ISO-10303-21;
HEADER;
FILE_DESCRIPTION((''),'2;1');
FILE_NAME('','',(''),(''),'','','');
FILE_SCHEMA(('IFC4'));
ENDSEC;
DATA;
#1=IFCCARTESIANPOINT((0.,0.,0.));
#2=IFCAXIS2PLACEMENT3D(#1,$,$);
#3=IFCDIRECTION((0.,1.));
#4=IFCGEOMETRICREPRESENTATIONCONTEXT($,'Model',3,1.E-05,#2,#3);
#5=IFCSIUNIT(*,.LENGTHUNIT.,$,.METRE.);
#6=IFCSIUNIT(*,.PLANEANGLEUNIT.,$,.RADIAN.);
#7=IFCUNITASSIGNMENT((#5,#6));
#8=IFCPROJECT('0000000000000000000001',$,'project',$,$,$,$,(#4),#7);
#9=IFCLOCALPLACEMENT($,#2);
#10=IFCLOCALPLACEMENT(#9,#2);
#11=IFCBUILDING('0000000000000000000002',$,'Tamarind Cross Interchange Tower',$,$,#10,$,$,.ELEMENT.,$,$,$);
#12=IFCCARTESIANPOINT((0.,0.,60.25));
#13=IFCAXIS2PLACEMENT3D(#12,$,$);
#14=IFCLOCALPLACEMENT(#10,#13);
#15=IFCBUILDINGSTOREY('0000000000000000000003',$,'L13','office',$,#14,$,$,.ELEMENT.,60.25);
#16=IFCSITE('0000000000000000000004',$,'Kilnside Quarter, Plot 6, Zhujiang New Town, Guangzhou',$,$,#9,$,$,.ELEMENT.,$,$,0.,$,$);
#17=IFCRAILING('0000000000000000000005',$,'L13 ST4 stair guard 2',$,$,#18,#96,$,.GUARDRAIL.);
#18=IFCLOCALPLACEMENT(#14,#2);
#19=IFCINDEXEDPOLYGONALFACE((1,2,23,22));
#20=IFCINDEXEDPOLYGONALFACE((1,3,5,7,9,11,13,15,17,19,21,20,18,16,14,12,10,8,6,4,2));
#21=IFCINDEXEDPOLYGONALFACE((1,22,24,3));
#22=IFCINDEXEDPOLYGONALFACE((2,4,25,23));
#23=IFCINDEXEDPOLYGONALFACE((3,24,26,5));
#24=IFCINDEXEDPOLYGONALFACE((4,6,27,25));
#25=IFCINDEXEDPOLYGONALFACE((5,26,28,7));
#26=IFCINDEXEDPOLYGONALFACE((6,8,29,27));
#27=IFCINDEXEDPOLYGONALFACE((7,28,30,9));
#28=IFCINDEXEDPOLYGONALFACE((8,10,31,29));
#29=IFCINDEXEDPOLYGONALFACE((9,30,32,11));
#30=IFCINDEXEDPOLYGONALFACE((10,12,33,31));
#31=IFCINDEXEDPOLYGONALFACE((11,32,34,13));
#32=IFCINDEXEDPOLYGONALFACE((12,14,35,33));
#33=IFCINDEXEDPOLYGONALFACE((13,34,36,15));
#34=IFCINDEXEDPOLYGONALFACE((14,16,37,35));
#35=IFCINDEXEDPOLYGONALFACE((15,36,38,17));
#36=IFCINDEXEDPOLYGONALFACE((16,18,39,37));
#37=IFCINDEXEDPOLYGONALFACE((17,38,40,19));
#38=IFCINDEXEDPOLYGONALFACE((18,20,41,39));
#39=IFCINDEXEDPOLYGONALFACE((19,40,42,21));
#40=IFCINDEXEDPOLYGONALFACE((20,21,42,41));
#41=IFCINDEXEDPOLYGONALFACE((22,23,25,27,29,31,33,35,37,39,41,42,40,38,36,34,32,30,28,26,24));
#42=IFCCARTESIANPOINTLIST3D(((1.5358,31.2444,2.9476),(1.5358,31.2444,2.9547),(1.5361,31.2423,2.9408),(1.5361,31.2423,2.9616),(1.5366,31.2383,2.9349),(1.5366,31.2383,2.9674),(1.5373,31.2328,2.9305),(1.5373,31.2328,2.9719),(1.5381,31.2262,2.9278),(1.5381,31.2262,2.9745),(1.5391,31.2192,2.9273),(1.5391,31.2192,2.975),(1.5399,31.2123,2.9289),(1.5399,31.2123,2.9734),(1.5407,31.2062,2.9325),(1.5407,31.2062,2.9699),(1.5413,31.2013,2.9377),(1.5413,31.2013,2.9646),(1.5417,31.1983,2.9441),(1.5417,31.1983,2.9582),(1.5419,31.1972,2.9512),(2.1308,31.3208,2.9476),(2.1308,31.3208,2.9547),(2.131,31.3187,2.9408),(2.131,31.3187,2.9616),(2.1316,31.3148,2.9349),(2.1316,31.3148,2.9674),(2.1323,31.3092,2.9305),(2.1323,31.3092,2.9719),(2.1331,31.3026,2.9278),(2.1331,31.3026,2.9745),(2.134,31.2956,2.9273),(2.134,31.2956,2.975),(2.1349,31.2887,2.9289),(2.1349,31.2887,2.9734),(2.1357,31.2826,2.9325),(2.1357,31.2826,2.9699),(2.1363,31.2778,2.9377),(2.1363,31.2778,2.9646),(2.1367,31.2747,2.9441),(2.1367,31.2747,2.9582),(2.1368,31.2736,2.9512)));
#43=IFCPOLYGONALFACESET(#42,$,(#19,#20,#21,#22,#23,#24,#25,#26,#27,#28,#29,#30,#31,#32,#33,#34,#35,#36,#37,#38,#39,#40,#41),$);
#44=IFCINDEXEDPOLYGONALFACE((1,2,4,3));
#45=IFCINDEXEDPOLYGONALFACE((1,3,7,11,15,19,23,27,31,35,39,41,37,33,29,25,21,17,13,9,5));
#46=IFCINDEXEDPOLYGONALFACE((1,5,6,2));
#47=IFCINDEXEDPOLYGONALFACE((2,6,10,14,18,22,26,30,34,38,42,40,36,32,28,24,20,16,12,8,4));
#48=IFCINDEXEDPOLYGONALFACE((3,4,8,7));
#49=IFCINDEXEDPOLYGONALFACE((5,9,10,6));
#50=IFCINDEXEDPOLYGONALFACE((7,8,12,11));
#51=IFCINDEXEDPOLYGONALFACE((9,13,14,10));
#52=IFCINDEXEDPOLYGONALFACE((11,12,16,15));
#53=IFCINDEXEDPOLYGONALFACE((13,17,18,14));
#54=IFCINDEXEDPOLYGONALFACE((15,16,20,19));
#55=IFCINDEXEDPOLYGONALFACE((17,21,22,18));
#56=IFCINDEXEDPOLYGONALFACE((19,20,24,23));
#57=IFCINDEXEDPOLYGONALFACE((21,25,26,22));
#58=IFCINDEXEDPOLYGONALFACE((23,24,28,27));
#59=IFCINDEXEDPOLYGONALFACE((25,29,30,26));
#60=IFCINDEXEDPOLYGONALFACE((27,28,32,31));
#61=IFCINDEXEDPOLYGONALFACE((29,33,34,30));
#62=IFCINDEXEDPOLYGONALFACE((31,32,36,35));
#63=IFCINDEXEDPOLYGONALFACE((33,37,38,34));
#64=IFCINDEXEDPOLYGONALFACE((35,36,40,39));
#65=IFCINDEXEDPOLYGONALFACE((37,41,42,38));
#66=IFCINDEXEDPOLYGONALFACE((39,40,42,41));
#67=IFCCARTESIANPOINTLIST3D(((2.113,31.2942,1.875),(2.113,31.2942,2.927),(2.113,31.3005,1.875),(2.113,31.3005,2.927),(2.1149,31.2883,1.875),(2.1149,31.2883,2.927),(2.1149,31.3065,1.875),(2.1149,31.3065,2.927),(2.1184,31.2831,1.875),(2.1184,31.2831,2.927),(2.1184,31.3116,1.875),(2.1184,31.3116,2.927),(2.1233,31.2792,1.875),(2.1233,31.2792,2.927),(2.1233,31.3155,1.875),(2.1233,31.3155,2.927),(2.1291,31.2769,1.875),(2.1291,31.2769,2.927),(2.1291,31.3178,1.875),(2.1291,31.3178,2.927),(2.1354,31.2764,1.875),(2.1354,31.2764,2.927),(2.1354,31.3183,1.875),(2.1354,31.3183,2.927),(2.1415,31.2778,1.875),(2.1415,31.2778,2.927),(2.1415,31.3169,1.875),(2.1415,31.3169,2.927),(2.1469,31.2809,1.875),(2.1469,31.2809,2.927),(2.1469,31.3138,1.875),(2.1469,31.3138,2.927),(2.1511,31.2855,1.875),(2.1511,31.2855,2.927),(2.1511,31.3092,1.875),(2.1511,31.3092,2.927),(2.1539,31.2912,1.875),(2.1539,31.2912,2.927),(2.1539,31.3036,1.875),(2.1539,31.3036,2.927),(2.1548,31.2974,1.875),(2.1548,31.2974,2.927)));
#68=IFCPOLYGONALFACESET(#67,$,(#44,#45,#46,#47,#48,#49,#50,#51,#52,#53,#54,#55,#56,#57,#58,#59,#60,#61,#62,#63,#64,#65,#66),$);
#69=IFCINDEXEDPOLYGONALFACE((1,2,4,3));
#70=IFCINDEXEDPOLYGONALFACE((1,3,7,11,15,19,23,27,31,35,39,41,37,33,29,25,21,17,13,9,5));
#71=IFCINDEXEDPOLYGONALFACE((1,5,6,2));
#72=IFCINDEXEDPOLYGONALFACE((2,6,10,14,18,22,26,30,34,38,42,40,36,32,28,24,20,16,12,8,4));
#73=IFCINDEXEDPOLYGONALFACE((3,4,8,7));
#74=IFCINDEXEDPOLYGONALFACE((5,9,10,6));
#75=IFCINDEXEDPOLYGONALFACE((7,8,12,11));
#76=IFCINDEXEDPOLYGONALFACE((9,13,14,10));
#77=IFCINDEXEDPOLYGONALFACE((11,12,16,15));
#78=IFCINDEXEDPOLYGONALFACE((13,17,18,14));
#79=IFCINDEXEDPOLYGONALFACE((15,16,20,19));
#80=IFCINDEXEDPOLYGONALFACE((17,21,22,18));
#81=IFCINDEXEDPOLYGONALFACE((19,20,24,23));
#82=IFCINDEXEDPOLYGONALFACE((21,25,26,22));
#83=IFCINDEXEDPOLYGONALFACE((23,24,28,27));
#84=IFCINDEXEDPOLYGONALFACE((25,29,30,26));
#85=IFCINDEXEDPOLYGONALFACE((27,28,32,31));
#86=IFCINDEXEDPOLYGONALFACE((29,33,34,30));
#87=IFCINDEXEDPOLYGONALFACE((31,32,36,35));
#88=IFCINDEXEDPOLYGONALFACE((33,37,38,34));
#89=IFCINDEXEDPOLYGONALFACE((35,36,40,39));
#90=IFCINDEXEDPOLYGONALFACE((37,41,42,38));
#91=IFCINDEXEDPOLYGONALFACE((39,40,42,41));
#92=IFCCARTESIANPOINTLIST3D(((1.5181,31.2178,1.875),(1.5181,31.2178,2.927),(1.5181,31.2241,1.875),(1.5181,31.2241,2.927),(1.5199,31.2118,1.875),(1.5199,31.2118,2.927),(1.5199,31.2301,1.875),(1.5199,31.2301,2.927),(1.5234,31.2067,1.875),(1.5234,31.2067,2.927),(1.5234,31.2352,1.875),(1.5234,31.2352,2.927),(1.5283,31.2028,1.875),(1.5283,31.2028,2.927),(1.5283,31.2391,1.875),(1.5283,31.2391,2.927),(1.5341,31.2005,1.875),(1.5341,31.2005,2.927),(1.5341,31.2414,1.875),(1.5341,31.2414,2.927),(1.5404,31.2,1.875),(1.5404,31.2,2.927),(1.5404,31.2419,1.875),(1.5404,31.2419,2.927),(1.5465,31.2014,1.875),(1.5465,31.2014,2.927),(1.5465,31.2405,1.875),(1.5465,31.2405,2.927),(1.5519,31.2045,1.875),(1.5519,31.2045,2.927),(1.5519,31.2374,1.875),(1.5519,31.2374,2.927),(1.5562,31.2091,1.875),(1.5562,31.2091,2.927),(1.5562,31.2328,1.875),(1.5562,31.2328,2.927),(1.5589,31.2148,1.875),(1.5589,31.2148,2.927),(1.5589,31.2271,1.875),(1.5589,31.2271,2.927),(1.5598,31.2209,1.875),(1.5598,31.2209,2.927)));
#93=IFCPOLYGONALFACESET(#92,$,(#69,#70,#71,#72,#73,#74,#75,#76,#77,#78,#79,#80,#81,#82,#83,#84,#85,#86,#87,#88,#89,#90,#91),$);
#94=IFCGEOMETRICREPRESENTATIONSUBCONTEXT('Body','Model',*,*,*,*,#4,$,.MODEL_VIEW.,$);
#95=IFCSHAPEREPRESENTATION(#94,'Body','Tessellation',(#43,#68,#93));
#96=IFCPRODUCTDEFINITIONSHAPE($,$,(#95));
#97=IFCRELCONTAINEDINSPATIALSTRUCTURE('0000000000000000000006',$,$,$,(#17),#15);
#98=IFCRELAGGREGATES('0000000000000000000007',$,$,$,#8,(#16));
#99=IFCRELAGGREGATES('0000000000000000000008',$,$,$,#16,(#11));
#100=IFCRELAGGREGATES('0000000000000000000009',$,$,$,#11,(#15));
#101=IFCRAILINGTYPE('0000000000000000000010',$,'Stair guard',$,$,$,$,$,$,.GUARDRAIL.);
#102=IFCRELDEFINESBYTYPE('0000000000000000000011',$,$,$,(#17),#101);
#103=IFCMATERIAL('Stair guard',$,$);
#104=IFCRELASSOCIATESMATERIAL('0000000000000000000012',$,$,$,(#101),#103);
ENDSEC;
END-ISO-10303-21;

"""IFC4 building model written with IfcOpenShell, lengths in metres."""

from ifc_helpers import new_model, si_unit, direction, frame, origin, origin_2d, place, context, subcontext, project, spatial, circle, extrude, material, type_object, element, save


model = new_model("IFC4")

# Units and contexts
model_context = context("Model", 3, precision=1e-05, world=origin(), true_north=direction((0.0, 1.0)))
body_context = subcontext(model_context, "Body", "Model", "MODEL_VIEW")
ifc_project = project(units=[si_unit("LENGTHUNIT", "METRE"), si_unit("PLANEANGLEUNIT", "RADIAN")], contexts=[model_context])

# Site, building, storey
site_placement = place(None, origin())
site = spatial("IfcSite", under=ifc_project, at=site_placement, Name="Kilnside Quarter, Plot 6, Zhujiang New Town, Guangzhou", CompositionType="ELEMENT", RefElevation=0.0)
building_placement = place(site_placement, origin())
building = spatial("IfcBuilding", under=site, at=building_placement, Name="Tamarind Cross Interchange Tower", CompositionType="ELEMENT")
storey_placement = place(building_placement, frame((0.0, 0.0, 60.25)))
storey = spatial("IfcBuildingStorey", under=building, at=storey_placement, Name="L13", Description="office", CompositionType="ELEMENT", Elevation=60.25)

# Railing
ifc_material_1 = material(Name="Stair guard")
railing_type_1 = type_object("IfcRailingType", Name="Stair guard", PredefinedType="GUARDRAIL", material=ifc_material_1)
railing_1_placement = place(storey_placement, frame((2.1338, 31.2974, 1.875)))
element("IfcRailing", 1, at=railing_1_placement, inside=storey, type_object=railing_type_1, Name="L13 ST4 stair guard 2", PredefinedType="GUARDRAIL", context=body_context, shape_type="SweptSolid", body=[
    extrude(circle(Radius=0.0239, at=origin_2d()), frame((0.0, 0.0, 1.0762), z_axis=(-0.991853, -0.12739, 0.0), x_axis=(0.12739, -0.991853, 0.0)), (0.0, 0.0, 1.0), 0.5999),
    extrude(circle(Radius=0.021, at=origin_2d()), origin(), (0.0, 0.0, 1.0), 1.052),
    extrude(circle(Radius=0.021, at=origin_2d()), frame((-0.595, -0.0764, 0.0)), (0.0, 0.0, 1.0), 1.052),
])

save(model, "model.ifc")
